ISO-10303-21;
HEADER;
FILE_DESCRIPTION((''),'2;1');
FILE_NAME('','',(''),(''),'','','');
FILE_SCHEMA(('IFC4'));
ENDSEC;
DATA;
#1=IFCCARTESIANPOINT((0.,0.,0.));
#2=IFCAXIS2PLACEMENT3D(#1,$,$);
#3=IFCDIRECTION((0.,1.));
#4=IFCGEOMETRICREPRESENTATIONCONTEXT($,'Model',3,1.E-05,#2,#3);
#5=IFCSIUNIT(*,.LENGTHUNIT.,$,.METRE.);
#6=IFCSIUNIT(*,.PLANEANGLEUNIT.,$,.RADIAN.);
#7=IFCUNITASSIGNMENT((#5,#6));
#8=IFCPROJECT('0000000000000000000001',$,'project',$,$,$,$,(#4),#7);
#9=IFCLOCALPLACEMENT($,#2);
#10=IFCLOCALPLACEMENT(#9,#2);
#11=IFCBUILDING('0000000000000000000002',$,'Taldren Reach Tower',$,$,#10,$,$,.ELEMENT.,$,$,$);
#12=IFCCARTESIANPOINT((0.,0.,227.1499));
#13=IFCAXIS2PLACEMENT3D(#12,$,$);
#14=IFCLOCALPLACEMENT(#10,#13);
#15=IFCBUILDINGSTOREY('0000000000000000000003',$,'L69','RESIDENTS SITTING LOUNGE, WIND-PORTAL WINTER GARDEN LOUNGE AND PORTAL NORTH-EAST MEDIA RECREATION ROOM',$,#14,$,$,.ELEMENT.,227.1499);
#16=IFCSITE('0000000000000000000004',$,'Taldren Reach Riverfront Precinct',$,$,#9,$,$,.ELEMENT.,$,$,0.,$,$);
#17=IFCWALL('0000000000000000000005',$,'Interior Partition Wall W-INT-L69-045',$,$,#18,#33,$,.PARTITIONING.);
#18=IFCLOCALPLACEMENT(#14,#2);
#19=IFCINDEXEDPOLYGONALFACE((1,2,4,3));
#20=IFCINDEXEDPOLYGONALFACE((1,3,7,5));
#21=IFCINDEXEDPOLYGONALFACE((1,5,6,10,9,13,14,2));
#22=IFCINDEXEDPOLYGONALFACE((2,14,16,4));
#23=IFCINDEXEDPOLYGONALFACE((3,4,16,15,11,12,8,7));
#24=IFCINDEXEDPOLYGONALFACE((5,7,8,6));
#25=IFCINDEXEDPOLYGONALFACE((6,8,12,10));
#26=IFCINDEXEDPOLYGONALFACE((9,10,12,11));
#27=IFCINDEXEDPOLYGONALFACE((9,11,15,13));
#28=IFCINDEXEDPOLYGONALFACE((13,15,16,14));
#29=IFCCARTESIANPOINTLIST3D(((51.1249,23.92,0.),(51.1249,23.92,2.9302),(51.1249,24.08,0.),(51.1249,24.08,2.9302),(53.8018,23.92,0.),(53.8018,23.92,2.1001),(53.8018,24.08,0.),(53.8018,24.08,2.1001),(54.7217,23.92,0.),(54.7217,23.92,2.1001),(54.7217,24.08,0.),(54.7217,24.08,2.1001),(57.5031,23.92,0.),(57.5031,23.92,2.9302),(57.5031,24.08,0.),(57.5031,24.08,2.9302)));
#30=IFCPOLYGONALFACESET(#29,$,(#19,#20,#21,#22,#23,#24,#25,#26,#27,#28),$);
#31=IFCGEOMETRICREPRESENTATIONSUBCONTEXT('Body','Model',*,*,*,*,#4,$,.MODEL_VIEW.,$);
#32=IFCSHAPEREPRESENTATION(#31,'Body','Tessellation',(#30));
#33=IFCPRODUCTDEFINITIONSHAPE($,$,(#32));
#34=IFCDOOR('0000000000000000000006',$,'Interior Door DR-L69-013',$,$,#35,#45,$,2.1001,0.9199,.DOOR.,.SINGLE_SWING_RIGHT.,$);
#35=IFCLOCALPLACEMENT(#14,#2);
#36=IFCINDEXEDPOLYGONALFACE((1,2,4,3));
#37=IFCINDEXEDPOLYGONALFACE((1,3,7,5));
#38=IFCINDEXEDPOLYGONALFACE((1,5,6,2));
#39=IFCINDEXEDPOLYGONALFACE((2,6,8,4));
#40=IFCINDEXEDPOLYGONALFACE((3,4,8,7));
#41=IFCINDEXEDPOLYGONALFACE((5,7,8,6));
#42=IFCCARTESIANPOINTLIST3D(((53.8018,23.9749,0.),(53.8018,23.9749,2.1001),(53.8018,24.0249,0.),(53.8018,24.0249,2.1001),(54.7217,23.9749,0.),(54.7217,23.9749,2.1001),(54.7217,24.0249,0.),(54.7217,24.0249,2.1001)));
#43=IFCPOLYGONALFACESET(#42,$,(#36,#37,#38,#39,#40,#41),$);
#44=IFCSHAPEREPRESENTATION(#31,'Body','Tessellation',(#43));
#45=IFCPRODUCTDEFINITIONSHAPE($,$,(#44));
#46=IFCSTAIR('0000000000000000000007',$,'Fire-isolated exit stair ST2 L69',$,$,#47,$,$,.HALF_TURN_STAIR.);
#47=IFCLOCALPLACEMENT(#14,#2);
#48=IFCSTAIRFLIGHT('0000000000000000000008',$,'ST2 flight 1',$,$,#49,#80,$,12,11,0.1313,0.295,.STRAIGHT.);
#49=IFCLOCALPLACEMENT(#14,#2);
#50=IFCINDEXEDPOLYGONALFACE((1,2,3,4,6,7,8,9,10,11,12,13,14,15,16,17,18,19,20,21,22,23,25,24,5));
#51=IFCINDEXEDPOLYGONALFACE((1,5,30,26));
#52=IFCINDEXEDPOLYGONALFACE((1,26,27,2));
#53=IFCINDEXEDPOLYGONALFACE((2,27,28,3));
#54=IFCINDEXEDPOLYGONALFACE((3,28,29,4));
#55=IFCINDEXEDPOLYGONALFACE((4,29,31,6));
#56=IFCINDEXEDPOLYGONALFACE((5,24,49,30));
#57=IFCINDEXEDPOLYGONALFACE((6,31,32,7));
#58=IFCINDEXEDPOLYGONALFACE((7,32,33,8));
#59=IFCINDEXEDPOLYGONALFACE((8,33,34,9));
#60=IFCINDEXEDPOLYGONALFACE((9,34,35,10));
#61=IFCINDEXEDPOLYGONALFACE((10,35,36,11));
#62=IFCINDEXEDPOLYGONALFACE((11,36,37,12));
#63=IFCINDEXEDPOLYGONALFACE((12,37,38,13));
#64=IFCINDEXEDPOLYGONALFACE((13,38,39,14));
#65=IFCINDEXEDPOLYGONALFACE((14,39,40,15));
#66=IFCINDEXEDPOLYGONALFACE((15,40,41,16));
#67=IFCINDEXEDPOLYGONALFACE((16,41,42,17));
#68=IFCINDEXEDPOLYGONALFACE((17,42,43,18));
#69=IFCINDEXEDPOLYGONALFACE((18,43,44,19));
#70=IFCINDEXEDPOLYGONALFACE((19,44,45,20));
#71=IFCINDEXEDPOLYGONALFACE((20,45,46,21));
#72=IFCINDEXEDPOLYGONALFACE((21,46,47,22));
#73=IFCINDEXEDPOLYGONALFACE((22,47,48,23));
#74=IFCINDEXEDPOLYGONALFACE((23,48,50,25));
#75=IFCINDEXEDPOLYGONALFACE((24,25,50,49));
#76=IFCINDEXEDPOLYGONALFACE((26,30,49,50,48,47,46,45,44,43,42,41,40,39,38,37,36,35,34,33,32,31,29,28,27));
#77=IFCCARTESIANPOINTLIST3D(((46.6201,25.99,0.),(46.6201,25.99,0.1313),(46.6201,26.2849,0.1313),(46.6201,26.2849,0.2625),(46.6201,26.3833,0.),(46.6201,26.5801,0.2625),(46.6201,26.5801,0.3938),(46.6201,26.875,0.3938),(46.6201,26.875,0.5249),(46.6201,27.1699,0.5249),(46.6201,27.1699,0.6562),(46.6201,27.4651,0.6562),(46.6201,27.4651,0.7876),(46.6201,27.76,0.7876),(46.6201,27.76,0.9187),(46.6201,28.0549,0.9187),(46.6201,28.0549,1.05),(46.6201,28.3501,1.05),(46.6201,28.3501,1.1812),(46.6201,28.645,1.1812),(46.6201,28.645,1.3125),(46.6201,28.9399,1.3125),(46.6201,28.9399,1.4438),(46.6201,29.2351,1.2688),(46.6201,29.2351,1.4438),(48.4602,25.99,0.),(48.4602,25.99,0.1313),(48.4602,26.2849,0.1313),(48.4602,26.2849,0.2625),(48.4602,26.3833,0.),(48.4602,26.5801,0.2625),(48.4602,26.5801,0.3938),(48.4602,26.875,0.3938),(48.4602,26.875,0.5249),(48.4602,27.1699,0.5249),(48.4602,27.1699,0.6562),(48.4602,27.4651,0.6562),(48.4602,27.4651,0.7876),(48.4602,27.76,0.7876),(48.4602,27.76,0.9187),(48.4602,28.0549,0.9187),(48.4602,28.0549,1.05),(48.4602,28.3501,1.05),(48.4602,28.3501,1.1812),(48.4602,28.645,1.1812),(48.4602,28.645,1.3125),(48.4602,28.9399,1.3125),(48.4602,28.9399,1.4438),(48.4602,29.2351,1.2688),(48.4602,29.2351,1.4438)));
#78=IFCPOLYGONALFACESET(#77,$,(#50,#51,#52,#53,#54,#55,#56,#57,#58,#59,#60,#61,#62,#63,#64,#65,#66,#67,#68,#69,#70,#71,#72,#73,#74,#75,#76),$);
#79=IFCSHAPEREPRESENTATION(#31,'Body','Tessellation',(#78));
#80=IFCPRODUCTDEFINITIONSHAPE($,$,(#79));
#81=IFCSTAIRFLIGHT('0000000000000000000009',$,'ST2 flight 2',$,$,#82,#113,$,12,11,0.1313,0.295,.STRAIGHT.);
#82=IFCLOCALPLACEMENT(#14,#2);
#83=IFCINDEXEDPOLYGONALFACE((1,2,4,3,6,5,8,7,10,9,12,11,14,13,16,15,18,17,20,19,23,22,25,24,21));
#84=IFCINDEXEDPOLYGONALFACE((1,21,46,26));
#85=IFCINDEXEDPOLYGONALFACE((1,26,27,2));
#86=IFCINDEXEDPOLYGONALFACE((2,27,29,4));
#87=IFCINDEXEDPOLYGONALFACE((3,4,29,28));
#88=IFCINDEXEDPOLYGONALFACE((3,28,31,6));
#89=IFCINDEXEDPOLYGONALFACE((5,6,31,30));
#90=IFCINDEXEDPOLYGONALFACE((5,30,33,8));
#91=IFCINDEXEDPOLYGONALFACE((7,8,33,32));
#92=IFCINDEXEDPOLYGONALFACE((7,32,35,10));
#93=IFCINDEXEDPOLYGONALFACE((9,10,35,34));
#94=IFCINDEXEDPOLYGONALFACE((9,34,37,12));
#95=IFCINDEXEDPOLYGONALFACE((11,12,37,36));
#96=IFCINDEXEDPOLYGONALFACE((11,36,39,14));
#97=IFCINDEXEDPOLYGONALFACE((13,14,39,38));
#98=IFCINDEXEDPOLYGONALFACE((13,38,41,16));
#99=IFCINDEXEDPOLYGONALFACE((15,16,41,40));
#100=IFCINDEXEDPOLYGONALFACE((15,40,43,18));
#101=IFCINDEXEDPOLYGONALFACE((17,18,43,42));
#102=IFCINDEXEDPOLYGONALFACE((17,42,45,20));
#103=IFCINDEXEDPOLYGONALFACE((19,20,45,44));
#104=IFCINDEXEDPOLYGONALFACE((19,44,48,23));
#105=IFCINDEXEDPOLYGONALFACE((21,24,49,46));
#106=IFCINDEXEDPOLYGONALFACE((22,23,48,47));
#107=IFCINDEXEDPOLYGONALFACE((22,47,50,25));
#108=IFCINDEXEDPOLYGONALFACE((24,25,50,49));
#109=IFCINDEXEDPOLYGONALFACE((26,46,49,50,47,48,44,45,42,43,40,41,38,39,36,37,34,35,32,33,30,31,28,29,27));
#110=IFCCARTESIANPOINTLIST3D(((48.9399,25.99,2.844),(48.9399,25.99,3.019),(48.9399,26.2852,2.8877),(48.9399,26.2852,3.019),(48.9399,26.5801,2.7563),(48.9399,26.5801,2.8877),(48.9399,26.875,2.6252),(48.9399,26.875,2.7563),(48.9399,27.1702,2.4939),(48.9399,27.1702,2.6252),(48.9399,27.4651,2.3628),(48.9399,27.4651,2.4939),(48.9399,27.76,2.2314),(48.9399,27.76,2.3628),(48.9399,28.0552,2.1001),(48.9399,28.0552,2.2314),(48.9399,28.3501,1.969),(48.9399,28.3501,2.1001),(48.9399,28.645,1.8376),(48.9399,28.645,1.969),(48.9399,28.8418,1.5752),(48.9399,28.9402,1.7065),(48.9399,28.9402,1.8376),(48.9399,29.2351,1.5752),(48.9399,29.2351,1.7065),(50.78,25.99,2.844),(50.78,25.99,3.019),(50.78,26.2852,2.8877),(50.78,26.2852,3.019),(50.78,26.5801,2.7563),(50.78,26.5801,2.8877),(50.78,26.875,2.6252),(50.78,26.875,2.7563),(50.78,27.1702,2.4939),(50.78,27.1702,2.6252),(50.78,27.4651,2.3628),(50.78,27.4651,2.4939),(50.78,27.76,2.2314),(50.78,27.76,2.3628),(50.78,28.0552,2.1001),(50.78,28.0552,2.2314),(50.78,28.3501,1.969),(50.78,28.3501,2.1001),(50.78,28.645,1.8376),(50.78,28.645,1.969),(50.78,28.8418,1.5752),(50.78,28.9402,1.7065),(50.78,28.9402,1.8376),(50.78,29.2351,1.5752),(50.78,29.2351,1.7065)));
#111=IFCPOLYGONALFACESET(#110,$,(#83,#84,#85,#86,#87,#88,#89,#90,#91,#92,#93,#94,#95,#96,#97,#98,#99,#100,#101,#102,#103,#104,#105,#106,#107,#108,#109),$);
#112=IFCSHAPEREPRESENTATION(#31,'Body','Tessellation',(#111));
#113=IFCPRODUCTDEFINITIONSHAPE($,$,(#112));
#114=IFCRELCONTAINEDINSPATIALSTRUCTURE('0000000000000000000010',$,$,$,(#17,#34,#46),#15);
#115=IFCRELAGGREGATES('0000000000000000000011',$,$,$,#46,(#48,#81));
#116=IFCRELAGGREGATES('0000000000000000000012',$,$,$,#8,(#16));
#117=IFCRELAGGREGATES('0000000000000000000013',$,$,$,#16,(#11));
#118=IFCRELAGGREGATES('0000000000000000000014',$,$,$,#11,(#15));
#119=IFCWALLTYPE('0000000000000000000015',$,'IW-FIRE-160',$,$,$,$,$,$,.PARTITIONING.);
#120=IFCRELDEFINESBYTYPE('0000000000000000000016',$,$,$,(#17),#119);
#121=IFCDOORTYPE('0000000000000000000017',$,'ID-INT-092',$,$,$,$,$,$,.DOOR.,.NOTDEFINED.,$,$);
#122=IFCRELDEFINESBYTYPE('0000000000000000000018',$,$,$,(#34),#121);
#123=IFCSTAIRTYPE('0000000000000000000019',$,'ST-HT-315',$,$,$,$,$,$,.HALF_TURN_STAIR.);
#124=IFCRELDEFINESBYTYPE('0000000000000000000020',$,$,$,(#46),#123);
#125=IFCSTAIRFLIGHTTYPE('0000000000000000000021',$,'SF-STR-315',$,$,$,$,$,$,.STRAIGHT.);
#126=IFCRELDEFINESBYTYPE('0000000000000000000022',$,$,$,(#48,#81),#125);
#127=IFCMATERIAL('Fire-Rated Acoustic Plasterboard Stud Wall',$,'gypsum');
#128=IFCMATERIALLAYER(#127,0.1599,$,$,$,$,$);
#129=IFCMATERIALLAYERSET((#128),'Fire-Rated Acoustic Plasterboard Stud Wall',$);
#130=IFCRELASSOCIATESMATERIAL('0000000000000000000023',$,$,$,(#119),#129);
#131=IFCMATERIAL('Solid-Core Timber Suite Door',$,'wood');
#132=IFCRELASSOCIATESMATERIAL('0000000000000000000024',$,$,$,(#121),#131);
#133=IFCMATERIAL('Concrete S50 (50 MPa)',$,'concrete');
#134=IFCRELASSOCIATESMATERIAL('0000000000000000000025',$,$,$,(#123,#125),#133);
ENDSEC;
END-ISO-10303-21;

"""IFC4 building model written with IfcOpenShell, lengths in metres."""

from ifc_helpers import new_model, si_unit, direction, frame, frame_2d, origin, place, context, subcontext, project, spatial, polyline, rectangle, outline, extrude, source, transform, mapped, material, layer, layer_set, type_object, element, fill, aggregate, save


model = new_model("IFC4")

# Units and contexts
model_context = context("Model", 3, precision=1e-05, world=origin(), true_north=direction((0.0, 1.0)))
body_context = subcontext(model_context, "Body", "Model", "MODEL_VIEW")
ifc_project = project(units=[si_unit("LENGTHUNIT", "METRE"), si_unit("PLANEANGLEUNIT", "RADIAN")], contexts=[model_context])

# Site, building, storey
site_placement = place(None, origin())
site = spatial("IfcSite", under=ifc_project, at=site_placement, Name="Taldren Reach Riverfront Precinct", CompositionType="ELEMENT", RefElevation=0.0)
building_placement = place(site_placement, origin())
building = spatial("IfcBuilding", under=site, at=building_placement, Name="Taldren Reach Tower", CompositionType="ELEMENT")
storey_placement = place(building_placement, frame((0.0, 0.0, 227.1499)))
storey = spatial("IfcBuildingStorey", under=building, at=storey_placement, Name="L69", Description="RESIDENTS SITTING LOUNGE, WIND-PORTAL WINTER GARDEN LOUNGE AND PORTAL NORTH-EAST MEDIA RECREATION ROOM", CompositionType="ELEMENT", Elevation=227.1499)

# Wall, opening, door
ifc_material_1 = material(Name="Fire-Rated Acoustic Plasterboard Stud Wall", Category="gypsum")
ifc_layer_1 = layer(ifc_material_1, 0.1599)
ifc_layer_set_1 = layer_set([ifc_layer_1], Name="Fire-Rated Acoustic Plasterboard Stud Wall")
wall_type_1 = type_object("IfcWallType", Name="IW-FIRE-160", PredefinedType="PARTITIONING", material=ifc_layer_set_1)
shared_shape_1 = source(origin(), body_context, "Body", "SweptSolid", [
    extrude(rectangle(XDim=6.3782, YDim=0.1599, at=frame_2d((3.189, 0.0))), origin(), (0.0, 0.0, 1.0), 2.9302),
])
wall_1_placement = place(storey_placement, frame((51.125, 24.0, 0.0), z_axis=(0.0, 0.0, 1.0), x_axis=(1.0, 0.0, 0.0)))
wall_1 = element("IfcWall", 1, at=wall_1_placement, inside=storey, type_object=wall_type_1, Name="Interior Partition Wall W-INT-L69-045", PredefinedType="PARTITIONING", context=body_context, shape_type="MappedRepresentation", body=[
    mapped(shared_shape_1, transform((0.0, 0.0, 0.0), scale=1.0)),
])
shared_shape_2 = source(origin(), body_context, "Body", "SweptSolid", [
    extrude(rectangle(XDim=0.9199, YDim=2.1001, at=frame_2d((0.46, 1.05))), frame((0.0, 0.0898, 0.0), z_axis=(0.0, -1.0, 0.0), x_axis=(1.0, 0.0, 0.0)), (0.0, 0.0, 1.0), 0.1799),
])
opening_placement = place(wall_1_placement, frame((2.6768, 0.0, 0.0)))
opening = element("IfcOpeningElement", 2, at=opening_placement, cuts=wall_1, PredefinedType="OPENING", context=body_context, shape_type="MappedRepresentation", body=[
    mapped(shared_shape_2, transform((0.0, 0.0, 0.0), scale=1.0)),
])
ifc_material_2 = material(Name="Solid-Core Timber Suite Door", Category="wood")
door_type = type_object("IfcDoorType", Name="ID-INT-092", OperationType="NOTDEFINED", PredefinedType="DOOR", material=ifc_material_2)
shared_shape_3 = source(origin(), body_context, "Body", "SweptSolid", [
    extrude(rectangle(XDim=0.9199, YDim=2.1001, at=frame_2d((0.46, 1.05))), frame((0.0, 0.0249, 0.0), z_axis=(0.0, -1.0, 0.0), x_axis=(1.0, 0.0, 0.0)), (0.0, 0.0, 1.0), 0.05),
])
door_placement = place(opening_placement, origin())
door = element("IfcDoor", 3, at=door_placement, inside=storey, type_object=door_type, Name="Interior Door DR-L69-013", OperationType="SINGLE_SWING_RIGHT", OverallHeight=2.1001, OverallWidth=0.9199, PredefinedType="DOOR", context=body_context, shape_type="MappedRepresentation", body=[
    mapped(shared_shape_3, transform((0.0, 0.0, 0.0), scale=1.0)),
])
fill(opening, door)

# Stair, stair flights
ifc_material_3 = material(Name="Concrete S50 (50 MPa)", Category="concrete")
stair_type = type_object("IfcStairType", Name="ST-HT-315", PredefinedType="HALF_TURN_STAIR", material=ifc_material_3)
stair_placement = place(storey_placement, origin())
stair = element("IfcStair", 4, at=stair_placement, inside=storey, type_object=stair_type, Name="Fire-isolated exit stair ST2 L69", PredefinedType="HALF_TURN_STAIR")
stair_flight_type = type_object("IfcStairFlightType", Name="SF-STR-315", PredefinedType="STRAIGHT", material=ifc_material_3)
stair_flight_1_placement = place(storey_placement, frame((47.54, 25.99, 0.0), z_axis=(0.0, 0.0, 1.0), x_axis=(0.0, 1.0, 0.0)))
stair_flight_1 = element("IfcStairFlight", 5, at=stair_flight_1_placement, type_object=stair_flight_type, Name="ST2 flight 1", NumberOfRisers=12, NumberOfTreads=11, PredefinedType="STRAIGHT", RiserHeight=0.1313, TreadLength=0.295, context=body_context, shape_type="SweptSolid", body=[
    extrude(outline(polyline([(0.0, 0.0), (0.0, 0.1313), (0.2949, 0.1313), (0.2949, 0.2625), (0.5901, 0.2625), (0.5901, 0.3938), (0.885, 0.3938), (0.885, 0.5249), (1.1799, 0.5249), (1.1799, 0.6562), (1.4751, 0.6562), (1.4751, 0.7876), (1.77, 0.7876), (1.77, 0.9187), (2.0649, 0.9187), (2.0649, 1.05), (2.3601, 1.05), (2.3601, 1.1812), (2.655, 1.1812), (2.655, 1.3125), (2.95, 1.3125), (2.95, 1.4438), (3.2451, 1.4438), (3.2451, 1.575), (3.2451, 1.2688), (0.3933, 0.0), (0.0, 0.0)])), frame((0.0, 0.9199, 0.0), z_axis=(0.0, -1.0, 0.0), x_axis=(1.0, 0.0, 0.0)), (0.0, 0.0, 1.0), 1.8401),
])
stair_flight_2_placement = place(storey_placement, frame((49.8601, 29.2351, 1.5752), z_axis=(0.0, 0.0, 1.0), x_axis=(0.0, -1.0, 0.0)))
stair_flight_2 = element("IfcStairFlight", 6, at=stair_flight_2_placement, type_object=stair_flight_type, Name="ST2 flight 2", NumberOfRisers=12, NumberOfTreads=11, PredefinedType="STRAIGHT", RiserHeight=0.1313, TreadLength=0.295, context=body_context, shape_type="SweptSolid", body=[
    extrude(outline(polyline([(0.0, 0.0), (0.0, 0.1313), (0.2949, 0.1313), (0.2949, 0.2625), (0.5901, 0.2625), (0.5901, 0.3938), (0.885, 0.3938), (0.885, 0.5249), (1.1799, 0.5249), (1.1799, 0.6562), (1.4751, 0.6562), (1.4751, 0.7876), (1.77, 0.7876), (1.77, 0.9187), (2.0649, 0.9187), (2.0649, 1.05), (2.3601, 1.05), (2.3601, 1.1812), (2.655, 1.1812), (2.655, 1.3125), (2.95, 1.3125), (2.95, 1.4438), (3.2451, 1.4438), (3.2451, 1.575), (3.2451, 1.2688), (0.3933, 0.0), (0.0, 0.0)])), frame((0.0, 0.9199, 0.0), z_axis=(0.0, -1.0, 0.0), x_axis=(1.0, 0.0, 0.0)), (0.0, 0.0, 1.0), 1.8401),
])
aggregate(stair, [stair_flight_1, stair_flight_2])

save(model, "model.ifc")
